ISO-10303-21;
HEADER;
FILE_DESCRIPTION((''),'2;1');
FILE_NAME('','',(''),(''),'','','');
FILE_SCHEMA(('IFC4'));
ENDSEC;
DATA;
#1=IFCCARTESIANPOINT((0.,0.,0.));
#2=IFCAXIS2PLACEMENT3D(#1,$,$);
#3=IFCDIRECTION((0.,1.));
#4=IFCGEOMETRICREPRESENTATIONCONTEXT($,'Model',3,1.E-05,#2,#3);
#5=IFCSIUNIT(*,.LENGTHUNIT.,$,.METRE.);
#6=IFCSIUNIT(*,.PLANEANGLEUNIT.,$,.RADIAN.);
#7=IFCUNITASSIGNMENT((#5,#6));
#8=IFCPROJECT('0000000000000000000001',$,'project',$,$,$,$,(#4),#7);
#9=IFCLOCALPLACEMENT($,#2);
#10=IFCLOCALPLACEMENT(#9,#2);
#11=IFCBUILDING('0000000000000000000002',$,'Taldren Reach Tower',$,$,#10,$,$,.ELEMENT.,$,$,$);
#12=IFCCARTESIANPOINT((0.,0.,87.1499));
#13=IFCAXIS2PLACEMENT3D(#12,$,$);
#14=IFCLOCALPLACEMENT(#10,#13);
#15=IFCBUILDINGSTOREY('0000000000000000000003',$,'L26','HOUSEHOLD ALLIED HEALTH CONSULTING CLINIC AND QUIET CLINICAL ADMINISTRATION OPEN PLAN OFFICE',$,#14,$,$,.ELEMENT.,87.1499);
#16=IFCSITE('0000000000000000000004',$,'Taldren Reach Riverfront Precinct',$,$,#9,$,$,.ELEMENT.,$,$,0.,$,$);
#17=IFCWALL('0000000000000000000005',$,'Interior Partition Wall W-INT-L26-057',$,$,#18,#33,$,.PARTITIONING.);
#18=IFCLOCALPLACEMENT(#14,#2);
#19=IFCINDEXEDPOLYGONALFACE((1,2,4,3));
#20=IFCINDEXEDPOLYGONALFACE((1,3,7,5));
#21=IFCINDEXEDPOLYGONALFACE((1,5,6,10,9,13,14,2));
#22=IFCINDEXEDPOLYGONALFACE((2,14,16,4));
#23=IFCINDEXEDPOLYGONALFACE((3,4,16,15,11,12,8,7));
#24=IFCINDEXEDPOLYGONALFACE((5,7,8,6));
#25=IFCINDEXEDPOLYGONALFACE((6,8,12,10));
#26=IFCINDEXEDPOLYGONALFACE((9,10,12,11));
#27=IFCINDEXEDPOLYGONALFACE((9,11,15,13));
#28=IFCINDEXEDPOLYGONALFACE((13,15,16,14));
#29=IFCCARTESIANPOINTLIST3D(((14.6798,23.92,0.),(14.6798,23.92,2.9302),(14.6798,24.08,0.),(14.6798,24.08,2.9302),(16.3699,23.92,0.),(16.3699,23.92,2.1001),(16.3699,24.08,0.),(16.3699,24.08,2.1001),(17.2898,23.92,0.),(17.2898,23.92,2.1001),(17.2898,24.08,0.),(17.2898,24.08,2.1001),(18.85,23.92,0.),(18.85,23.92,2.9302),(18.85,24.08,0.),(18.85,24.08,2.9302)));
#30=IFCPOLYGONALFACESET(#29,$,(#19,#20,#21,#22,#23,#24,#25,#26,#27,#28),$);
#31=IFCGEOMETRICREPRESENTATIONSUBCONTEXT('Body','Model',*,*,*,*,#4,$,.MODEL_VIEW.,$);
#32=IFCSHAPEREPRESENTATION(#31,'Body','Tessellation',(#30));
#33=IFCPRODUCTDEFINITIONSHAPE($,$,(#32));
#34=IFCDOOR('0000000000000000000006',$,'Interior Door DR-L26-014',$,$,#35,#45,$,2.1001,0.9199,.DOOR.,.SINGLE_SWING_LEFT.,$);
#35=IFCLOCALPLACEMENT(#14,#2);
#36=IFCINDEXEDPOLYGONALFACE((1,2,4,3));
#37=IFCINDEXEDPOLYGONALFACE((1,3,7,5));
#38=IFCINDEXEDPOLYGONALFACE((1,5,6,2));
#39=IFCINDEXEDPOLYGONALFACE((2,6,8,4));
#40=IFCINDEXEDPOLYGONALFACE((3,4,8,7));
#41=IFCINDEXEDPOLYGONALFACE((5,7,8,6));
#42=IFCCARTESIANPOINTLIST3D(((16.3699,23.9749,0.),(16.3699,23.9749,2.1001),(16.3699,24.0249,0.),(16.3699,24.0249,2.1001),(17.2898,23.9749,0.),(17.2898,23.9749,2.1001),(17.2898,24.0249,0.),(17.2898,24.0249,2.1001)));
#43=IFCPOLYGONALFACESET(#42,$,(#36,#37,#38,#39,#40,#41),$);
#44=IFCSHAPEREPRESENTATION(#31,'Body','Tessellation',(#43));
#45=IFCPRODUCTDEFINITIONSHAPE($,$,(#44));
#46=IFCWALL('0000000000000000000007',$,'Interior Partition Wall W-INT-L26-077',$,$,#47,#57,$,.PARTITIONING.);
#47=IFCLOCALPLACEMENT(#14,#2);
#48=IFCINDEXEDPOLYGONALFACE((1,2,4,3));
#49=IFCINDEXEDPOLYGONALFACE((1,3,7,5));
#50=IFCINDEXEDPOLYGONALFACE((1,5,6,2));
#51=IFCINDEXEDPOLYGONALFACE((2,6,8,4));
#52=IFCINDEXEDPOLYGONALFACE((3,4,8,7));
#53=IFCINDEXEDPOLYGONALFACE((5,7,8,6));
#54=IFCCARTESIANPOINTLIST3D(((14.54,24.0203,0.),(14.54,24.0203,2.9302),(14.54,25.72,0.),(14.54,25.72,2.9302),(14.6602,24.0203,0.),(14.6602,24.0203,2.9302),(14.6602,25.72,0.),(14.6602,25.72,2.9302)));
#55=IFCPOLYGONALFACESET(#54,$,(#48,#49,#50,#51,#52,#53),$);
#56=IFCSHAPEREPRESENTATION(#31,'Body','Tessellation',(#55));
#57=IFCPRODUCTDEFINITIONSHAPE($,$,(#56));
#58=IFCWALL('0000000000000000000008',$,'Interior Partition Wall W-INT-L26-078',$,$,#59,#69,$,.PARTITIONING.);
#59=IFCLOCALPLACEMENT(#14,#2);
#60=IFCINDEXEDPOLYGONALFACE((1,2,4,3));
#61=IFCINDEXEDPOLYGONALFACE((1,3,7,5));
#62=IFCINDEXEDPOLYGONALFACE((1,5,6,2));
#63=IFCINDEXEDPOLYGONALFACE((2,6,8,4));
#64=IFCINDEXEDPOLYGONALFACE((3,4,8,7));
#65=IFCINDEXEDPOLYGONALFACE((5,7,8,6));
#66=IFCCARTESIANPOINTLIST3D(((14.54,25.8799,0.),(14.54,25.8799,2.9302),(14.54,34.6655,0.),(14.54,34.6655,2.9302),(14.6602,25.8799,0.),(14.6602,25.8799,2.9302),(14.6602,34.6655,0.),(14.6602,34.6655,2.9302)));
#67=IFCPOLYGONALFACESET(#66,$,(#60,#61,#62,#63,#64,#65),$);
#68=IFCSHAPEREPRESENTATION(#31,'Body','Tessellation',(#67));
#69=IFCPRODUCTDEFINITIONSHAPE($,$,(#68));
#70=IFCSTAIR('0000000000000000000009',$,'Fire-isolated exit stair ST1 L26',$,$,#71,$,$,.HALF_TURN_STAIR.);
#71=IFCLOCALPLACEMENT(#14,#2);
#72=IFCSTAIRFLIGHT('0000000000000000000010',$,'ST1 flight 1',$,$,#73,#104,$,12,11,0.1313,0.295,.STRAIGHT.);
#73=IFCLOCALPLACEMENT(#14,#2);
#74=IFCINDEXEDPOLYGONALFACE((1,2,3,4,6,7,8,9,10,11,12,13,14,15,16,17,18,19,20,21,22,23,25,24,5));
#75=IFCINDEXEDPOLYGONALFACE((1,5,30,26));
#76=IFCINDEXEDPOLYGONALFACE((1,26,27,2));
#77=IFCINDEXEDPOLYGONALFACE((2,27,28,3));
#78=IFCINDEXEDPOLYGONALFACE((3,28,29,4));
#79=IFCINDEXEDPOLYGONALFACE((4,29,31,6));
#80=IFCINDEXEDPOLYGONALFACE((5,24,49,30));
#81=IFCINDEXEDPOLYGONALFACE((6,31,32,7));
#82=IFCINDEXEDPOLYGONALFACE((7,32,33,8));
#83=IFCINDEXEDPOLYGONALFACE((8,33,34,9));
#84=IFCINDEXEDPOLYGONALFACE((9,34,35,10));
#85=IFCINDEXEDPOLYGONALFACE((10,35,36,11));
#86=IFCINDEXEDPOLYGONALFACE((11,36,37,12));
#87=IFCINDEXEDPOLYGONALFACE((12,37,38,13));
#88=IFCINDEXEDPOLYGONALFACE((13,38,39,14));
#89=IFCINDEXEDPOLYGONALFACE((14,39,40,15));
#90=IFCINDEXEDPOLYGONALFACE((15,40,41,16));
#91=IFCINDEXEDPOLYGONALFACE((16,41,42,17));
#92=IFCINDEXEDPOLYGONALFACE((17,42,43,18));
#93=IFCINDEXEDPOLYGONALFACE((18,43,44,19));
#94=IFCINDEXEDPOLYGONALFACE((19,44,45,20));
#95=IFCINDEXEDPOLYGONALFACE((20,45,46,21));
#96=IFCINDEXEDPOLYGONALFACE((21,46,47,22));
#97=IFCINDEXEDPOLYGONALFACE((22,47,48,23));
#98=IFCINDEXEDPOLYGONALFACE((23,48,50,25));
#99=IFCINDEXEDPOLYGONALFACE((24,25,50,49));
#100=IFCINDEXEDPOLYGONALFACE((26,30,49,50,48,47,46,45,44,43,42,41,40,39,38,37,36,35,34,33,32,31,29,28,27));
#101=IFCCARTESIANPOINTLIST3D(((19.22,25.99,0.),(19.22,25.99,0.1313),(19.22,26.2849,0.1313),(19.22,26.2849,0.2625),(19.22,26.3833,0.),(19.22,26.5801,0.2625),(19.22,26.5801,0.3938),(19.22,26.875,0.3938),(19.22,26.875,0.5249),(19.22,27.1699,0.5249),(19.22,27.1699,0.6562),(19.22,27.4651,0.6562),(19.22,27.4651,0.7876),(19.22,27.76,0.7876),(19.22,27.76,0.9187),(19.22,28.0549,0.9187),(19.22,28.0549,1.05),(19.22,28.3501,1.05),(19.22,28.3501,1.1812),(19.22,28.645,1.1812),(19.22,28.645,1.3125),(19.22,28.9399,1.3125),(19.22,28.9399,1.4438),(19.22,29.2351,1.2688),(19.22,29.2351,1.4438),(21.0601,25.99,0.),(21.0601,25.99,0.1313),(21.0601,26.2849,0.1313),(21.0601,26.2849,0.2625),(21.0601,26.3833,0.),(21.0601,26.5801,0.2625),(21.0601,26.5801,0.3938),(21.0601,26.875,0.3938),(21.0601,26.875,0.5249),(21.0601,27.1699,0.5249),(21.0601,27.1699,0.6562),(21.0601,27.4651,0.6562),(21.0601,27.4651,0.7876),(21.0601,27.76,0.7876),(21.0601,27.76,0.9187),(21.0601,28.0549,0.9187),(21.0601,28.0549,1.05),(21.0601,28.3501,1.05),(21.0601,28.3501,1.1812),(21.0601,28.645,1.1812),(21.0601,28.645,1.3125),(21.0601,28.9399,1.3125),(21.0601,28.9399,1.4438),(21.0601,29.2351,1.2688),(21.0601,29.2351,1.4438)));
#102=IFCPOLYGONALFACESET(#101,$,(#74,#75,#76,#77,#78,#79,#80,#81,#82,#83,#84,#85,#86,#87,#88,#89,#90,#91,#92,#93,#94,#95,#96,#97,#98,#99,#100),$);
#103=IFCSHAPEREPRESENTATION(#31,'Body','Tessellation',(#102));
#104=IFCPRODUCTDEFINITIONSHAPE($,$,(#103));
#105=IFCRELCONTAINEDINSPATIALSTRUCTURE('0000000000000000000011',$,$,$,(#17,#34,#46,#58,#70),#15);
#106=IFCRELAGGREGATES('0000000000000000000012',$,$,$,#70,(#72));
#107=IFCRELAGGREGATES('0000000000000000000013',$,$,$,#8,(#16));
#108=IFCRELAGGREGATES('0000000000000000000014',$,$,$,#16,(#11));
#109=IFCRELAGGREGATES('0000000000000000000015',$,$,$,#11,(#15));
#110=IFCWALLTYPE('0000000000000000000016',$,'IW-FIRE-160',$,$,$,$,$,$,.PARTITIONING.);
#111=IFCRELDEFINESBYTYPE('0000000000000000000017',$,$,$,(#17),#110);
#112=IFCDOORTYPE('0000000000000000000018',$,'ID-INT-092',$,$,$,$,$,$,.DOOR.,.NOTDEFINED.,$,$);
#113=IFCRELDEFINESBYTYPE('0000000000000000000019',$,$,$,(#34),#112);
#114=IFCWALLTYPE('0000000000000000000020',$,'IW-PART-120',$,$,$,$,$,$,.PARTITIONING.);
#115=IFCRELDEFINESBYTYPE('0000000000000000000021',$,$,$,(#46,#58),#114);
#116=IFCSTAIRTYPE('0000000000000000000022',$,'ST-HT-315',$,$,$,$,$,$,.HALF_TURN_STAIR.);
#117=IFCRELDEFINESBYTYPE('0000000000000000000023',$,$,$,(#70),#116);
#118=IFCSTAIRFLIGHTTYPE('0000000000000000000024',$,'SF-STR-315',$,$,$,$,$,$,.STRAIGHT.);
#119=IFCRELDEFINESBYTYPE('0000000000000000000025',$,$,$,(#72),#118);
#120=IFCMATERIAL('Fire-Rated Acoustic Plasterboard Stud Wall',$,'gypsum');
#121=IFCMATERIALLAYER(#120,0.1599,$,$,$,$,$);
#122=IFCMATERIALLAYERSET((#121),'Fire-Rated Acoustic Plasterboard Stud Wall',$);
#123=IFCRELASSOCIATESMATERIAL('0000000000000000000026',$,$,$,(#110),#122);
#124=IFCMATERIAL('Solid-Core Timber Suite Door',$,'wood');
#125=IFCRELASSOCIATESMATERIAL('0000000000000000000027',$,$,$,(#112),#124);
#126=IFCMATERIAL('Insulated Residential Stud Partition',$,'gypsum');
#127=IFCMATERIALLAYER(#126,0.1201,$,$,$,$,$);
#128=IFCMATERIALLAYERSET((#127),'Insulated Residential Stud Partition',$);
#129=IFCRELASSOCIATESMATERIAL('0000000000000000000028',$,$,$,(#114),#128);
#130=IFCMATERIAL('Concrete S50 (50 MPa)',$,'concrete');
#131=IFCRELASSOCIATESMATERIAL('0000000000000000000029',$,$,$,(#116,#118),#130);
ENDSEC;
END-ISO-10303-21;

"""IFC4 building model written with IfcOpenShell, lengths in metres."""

from ifc_helpers import new_model, si_unit, direction, frame, frame_2d, origin, place, context, subcontext, project, spatial, polyline, rectangle, outline, extrude, source, transform, mapped, material, layer, layer_set, type_object, element, fill, aggregate, save


model = new_model("IFC4")

# Units and contexts
model_context = context("Model", 3, precision=1e-05, world=origin(), true_north=direction((0.0, 1.0)))
body_context = subcontext(model_context, "Body", "Model", "MODEL_VIEW")
ifc_project = project(units=[si_unit("LENGTHUNIT", "METRE"), si_unit("PLANEANGLEUNIT", "RADIAN")], contexts=[model_context])

# Site, building, storey
site_placement = place(None, origin())
site = spatial("IfcSite", under=ifc_project, at=site_placement, Name="Taldren Reach Riverfront Precinct", CompositionType="ELEMENT", RefElevation=0.0)
building_placement = place(site_placement, origin())
building = spatial("IfcBuilding", under=site, at=building_placement, Name="Taldren Reach Tower", CompositionType="ELEMENT")
storey_placement = place(building_placement, frame((0.0, 0.0, 87.1499)))
storey = spatial("IfcBuildingStorey", under=building, at=storey_placement, Name="L26", Description="HOUSEHOLD ALLIED HEALTH CONSULTING CLINIC AND QUIET CLINICAL ADMINISTRATION OPEN PLAN OFFICE", CompositionType="ELEMENT", Elevation=87.1499)

# Wall, opening, door
ifc_material_1 = material(Name="Fire-Rated Acoustic Plasterboard Stud Wall", Category="gypsum")
ifc_layer_1 = layer(ifc_material_1, 0.1599)
ifc_layer_set_1 = layer_set([ifc_layer_1], Name="Fire-Rated Acoustic Plasterboard Stud Wall")
wall_type_1 = type_object("IfcWallType", Name="IW-FIRE-160", PredefinedType="PARTITIONING", material=ifc_layer_set_1)
shared_shape_1 = source(origin(), body_context, "Body", "SweptSolid", [
    extrude(rectangle(XDim=4.1702, YDim=0.1599, at=frame_2d((2.085, 0.0))), origin(), (0.0, 0.0, 1.0), 2.9302),
])
wall_1_placement = place(storey_placement, frame((14.6799, 24.0, 0.0), z_axis=(0.0, 0.0, 1.0), x_axis=(1.0, 0.0, 0.0)))
wall_1 = element("IfcWall", 1, at=wall_1_placement, inside=storey, type_object=wall_type_1, Name="Interior Partition Wall W-INT-L26-057", PredefinedType="PARTITIONING", context=body_context, shape_type="MappedRepresentation", body=[
    mapped(shared_shape_1, transform((0.0, 0.0, 0.0), scale=1.0)),
])
shared_shape_2 = source(origin(), body_context, "Body", "SweptSolid", [
    extrude(rectangle(XDim=0.9199, YDim=2.1001, at=frame_2d((0.46, 1.05))), frame((0.0, 0.0898, 0.0), z_axis=(0.0, -1.0, 0.0), x_axis=(1.0, 0.0, 0.0)), (0.0, 0.0, 1.0), 0.1799),
])
opening_placement = place(wall_1_placement, frame((1.6899, 0.0, 0.0)))
opening = element("IfcOpeningElement", 2, at=opening_placement, cuts=wall_1, PredefinedType="OPENING", context=body_context, shape_type="MappedRepresentation", body=[
    mapped(shared_shape_2, transform((0.0, 0.0, 0.0), scale=1.0)),
])
ifc_material_2 = material(Name="Solid-Core Timber Suite Door", Category="wood")
door_type = type_object("IfcDoorType", Name="ID-INT-092", OperationType="NOTDEFINED", PredefinedType="DOOR", material=ifc_material_2)
shared_shape_3 = source(origin(), body_context, "Body", "SweptSolid", [
    extrude(rectangle(XDim=0.9199, YDim=2.1001, at=frame_2d((0.46, 1.05))), frame((0.0, 0.0249, 0.0), z_axis=(0.0, -1.0, 0.0), x_axis=(1.0, 0.0, 0.0)), (0.0, 0.0, 1.0), 0.05),
])
door_placement = place(opening_placement, origin())
door = element("IfcDoor", 3, at=door_placement, inside=storey, type_object=door_type, Name="Interior Door DR-L26-014", OperationType="SINGLE_SWING_LEFT", OverallHeight=2.1001, OverallWidth=0.9199, PredefinedType="DOOR", context=body_context, shape_type="MappedRepresentation", body=[
    mapped(shared_shape_3, transform((0.0, 0.0, 0.0), scale=1.0)),
])
fill(opening, door)

# Walls
ifc_material_3 = material(Name="Insulated Residential Stud Partition", Category="gypsum")
ifc_layer_2 = layer(ifc_material_3, 0.1201)
ifc_layer_set_2 = layer_set([ifc_layer_2], Name="Insulated Residential Stud Partition")
wall_type_2 = type_object("IfcWallType", Name="IW-PART-120", PredefinedType="PARTITIONING", material=ifc_layer_set_2)
shared_shape_4 = source(origin(), body_context, "Body", "SweptSolid", [
    extrude(rectangle(XDim=1.6997, YDim=0.1201, at=frame_2d((0.8499, 0.0))), origin(), (0.0, 0.0, 1.0), 2.9302),
])
wall_2_placement = place(storey_placement, frame((14.6001, 25.72, 0.0), z_axis=(0.0, 0.0, 1.0), x_axis=(0.0, -1.0, 0.0)))
element("IfcWall", 4, at=wall_2_placement, inside=storey, type_object=wall_type_2, Name="Interior Partition Wall W-INT-L26-077", PredefinedType="PARTITIONING", context=body_context, shape_type="MappedRepresentation", body=[
    mapped(shared_shape_4, transform((0.0, 0.0, 0.0), scale=1.0)),
])
shared_shape_5 = source(origin(), body_context, "Body", "SweptSolid", [
    extrude(rectangle(XDim=8.7856, YDim=0.1201, at=frame_2d((4.3928, 0.0))), origin(), (0.0, 0.0, 1.0), 2.9302),
])
wall_3_placement = place(storey_placement, frame((14.6001, 34.6655, 0.0), z_axis=(0.0, 0.0, 1.0), x_axis=(0.0, -1.0, 0.0)))
element("IfcWall", 5, at=wall_3_placement, inside=storey, type_object=wall_type_2, Name="Interior Partition Wall W-INT-L26-078", PredefinedType="PARTITIONING", context=body_context, shape_type="MappedRepresentation", body=[
    mapped(shared_shape_5, transform((0.0, 0.0, 0.0), scale=1.0)),
])

# Stair, stair flight
ifc_material_4 = material(Name="Concrete S50 (50 MPa)", Category="concrete")
stair_type = type_object("IfcStairType", Name="ST-HT-315", PredefinedType="HALF_TURN_STAIR", material=ifc_material_4)
stair_placement = place(storey_placement, origin())
stair = element("IfcStair", 6, at=stair_placement, inside=storey, type_object=stair_type, Name="Fire-isolated exit stair ST1 L26", PredefinedType="HALF_TURN_STAIR")
stair_flight_type = type_object("IfcStairFlightType", Name="SF-STR-315", PredefinedType="STRAIGHT", material=ifc_material_4)
stair_flight_placement = place(storey_placement, frame((20.1399, 25.99, 0.0), z_axis=(0.0, 0.0, 1.0), x_axis=(0.0, 1.0, 0.0)))
stair_flight = element("IfcStairFlight", 7, at=stair_flight_placement, type_object=stair_flight_type, Name="ST1 flight 1", NumberOfRisers=12, NumberOfTreads=11, PredefinedType="STRAIGHT", RiserHeight=0.1313, TreadLength=0.295, context=body_context, shape_type="SweptSolid", body=[
    extrude(outline(polyline([(0.0, 0.0), (0.0, 0.1313), (0.2949, 0.1313), (0.2949, 0.2625), (0.5901, 0.2625), (0.5901, 0.3938), (0.885, 0.3938), (0.885, 0.5249), (1.1799, 0.5249), (1.1799, 0.6562), (1.4751, 0.6562), (1.4751, 0.7876), (1.77, 0.7876), (1.77, 0.9187), (2.0649, 0.9187), (2.0649, 1.05), (2.3601, 1.05), (2.3601, 1.1812), (2.655, 1.1812), (2.655, 1.3125), (2.95, 1.3125), (2.95, 1.4438), (3.2451, 1.4438), (3.2451, 1.575), (3.2451, 1.2688), (0.3933, 0.0), (0.0, 0.0)])), frame((0.0, 0.9199, 0.0), z_axis=(0.0, -1.0, 0.0), x_axis=(1.0, 0.0, 0.0)), (0.0, 0.0, 1.0), 1.8401),
])
aggregate(stair, [stair_flight])

save(model, "model.ifc")
